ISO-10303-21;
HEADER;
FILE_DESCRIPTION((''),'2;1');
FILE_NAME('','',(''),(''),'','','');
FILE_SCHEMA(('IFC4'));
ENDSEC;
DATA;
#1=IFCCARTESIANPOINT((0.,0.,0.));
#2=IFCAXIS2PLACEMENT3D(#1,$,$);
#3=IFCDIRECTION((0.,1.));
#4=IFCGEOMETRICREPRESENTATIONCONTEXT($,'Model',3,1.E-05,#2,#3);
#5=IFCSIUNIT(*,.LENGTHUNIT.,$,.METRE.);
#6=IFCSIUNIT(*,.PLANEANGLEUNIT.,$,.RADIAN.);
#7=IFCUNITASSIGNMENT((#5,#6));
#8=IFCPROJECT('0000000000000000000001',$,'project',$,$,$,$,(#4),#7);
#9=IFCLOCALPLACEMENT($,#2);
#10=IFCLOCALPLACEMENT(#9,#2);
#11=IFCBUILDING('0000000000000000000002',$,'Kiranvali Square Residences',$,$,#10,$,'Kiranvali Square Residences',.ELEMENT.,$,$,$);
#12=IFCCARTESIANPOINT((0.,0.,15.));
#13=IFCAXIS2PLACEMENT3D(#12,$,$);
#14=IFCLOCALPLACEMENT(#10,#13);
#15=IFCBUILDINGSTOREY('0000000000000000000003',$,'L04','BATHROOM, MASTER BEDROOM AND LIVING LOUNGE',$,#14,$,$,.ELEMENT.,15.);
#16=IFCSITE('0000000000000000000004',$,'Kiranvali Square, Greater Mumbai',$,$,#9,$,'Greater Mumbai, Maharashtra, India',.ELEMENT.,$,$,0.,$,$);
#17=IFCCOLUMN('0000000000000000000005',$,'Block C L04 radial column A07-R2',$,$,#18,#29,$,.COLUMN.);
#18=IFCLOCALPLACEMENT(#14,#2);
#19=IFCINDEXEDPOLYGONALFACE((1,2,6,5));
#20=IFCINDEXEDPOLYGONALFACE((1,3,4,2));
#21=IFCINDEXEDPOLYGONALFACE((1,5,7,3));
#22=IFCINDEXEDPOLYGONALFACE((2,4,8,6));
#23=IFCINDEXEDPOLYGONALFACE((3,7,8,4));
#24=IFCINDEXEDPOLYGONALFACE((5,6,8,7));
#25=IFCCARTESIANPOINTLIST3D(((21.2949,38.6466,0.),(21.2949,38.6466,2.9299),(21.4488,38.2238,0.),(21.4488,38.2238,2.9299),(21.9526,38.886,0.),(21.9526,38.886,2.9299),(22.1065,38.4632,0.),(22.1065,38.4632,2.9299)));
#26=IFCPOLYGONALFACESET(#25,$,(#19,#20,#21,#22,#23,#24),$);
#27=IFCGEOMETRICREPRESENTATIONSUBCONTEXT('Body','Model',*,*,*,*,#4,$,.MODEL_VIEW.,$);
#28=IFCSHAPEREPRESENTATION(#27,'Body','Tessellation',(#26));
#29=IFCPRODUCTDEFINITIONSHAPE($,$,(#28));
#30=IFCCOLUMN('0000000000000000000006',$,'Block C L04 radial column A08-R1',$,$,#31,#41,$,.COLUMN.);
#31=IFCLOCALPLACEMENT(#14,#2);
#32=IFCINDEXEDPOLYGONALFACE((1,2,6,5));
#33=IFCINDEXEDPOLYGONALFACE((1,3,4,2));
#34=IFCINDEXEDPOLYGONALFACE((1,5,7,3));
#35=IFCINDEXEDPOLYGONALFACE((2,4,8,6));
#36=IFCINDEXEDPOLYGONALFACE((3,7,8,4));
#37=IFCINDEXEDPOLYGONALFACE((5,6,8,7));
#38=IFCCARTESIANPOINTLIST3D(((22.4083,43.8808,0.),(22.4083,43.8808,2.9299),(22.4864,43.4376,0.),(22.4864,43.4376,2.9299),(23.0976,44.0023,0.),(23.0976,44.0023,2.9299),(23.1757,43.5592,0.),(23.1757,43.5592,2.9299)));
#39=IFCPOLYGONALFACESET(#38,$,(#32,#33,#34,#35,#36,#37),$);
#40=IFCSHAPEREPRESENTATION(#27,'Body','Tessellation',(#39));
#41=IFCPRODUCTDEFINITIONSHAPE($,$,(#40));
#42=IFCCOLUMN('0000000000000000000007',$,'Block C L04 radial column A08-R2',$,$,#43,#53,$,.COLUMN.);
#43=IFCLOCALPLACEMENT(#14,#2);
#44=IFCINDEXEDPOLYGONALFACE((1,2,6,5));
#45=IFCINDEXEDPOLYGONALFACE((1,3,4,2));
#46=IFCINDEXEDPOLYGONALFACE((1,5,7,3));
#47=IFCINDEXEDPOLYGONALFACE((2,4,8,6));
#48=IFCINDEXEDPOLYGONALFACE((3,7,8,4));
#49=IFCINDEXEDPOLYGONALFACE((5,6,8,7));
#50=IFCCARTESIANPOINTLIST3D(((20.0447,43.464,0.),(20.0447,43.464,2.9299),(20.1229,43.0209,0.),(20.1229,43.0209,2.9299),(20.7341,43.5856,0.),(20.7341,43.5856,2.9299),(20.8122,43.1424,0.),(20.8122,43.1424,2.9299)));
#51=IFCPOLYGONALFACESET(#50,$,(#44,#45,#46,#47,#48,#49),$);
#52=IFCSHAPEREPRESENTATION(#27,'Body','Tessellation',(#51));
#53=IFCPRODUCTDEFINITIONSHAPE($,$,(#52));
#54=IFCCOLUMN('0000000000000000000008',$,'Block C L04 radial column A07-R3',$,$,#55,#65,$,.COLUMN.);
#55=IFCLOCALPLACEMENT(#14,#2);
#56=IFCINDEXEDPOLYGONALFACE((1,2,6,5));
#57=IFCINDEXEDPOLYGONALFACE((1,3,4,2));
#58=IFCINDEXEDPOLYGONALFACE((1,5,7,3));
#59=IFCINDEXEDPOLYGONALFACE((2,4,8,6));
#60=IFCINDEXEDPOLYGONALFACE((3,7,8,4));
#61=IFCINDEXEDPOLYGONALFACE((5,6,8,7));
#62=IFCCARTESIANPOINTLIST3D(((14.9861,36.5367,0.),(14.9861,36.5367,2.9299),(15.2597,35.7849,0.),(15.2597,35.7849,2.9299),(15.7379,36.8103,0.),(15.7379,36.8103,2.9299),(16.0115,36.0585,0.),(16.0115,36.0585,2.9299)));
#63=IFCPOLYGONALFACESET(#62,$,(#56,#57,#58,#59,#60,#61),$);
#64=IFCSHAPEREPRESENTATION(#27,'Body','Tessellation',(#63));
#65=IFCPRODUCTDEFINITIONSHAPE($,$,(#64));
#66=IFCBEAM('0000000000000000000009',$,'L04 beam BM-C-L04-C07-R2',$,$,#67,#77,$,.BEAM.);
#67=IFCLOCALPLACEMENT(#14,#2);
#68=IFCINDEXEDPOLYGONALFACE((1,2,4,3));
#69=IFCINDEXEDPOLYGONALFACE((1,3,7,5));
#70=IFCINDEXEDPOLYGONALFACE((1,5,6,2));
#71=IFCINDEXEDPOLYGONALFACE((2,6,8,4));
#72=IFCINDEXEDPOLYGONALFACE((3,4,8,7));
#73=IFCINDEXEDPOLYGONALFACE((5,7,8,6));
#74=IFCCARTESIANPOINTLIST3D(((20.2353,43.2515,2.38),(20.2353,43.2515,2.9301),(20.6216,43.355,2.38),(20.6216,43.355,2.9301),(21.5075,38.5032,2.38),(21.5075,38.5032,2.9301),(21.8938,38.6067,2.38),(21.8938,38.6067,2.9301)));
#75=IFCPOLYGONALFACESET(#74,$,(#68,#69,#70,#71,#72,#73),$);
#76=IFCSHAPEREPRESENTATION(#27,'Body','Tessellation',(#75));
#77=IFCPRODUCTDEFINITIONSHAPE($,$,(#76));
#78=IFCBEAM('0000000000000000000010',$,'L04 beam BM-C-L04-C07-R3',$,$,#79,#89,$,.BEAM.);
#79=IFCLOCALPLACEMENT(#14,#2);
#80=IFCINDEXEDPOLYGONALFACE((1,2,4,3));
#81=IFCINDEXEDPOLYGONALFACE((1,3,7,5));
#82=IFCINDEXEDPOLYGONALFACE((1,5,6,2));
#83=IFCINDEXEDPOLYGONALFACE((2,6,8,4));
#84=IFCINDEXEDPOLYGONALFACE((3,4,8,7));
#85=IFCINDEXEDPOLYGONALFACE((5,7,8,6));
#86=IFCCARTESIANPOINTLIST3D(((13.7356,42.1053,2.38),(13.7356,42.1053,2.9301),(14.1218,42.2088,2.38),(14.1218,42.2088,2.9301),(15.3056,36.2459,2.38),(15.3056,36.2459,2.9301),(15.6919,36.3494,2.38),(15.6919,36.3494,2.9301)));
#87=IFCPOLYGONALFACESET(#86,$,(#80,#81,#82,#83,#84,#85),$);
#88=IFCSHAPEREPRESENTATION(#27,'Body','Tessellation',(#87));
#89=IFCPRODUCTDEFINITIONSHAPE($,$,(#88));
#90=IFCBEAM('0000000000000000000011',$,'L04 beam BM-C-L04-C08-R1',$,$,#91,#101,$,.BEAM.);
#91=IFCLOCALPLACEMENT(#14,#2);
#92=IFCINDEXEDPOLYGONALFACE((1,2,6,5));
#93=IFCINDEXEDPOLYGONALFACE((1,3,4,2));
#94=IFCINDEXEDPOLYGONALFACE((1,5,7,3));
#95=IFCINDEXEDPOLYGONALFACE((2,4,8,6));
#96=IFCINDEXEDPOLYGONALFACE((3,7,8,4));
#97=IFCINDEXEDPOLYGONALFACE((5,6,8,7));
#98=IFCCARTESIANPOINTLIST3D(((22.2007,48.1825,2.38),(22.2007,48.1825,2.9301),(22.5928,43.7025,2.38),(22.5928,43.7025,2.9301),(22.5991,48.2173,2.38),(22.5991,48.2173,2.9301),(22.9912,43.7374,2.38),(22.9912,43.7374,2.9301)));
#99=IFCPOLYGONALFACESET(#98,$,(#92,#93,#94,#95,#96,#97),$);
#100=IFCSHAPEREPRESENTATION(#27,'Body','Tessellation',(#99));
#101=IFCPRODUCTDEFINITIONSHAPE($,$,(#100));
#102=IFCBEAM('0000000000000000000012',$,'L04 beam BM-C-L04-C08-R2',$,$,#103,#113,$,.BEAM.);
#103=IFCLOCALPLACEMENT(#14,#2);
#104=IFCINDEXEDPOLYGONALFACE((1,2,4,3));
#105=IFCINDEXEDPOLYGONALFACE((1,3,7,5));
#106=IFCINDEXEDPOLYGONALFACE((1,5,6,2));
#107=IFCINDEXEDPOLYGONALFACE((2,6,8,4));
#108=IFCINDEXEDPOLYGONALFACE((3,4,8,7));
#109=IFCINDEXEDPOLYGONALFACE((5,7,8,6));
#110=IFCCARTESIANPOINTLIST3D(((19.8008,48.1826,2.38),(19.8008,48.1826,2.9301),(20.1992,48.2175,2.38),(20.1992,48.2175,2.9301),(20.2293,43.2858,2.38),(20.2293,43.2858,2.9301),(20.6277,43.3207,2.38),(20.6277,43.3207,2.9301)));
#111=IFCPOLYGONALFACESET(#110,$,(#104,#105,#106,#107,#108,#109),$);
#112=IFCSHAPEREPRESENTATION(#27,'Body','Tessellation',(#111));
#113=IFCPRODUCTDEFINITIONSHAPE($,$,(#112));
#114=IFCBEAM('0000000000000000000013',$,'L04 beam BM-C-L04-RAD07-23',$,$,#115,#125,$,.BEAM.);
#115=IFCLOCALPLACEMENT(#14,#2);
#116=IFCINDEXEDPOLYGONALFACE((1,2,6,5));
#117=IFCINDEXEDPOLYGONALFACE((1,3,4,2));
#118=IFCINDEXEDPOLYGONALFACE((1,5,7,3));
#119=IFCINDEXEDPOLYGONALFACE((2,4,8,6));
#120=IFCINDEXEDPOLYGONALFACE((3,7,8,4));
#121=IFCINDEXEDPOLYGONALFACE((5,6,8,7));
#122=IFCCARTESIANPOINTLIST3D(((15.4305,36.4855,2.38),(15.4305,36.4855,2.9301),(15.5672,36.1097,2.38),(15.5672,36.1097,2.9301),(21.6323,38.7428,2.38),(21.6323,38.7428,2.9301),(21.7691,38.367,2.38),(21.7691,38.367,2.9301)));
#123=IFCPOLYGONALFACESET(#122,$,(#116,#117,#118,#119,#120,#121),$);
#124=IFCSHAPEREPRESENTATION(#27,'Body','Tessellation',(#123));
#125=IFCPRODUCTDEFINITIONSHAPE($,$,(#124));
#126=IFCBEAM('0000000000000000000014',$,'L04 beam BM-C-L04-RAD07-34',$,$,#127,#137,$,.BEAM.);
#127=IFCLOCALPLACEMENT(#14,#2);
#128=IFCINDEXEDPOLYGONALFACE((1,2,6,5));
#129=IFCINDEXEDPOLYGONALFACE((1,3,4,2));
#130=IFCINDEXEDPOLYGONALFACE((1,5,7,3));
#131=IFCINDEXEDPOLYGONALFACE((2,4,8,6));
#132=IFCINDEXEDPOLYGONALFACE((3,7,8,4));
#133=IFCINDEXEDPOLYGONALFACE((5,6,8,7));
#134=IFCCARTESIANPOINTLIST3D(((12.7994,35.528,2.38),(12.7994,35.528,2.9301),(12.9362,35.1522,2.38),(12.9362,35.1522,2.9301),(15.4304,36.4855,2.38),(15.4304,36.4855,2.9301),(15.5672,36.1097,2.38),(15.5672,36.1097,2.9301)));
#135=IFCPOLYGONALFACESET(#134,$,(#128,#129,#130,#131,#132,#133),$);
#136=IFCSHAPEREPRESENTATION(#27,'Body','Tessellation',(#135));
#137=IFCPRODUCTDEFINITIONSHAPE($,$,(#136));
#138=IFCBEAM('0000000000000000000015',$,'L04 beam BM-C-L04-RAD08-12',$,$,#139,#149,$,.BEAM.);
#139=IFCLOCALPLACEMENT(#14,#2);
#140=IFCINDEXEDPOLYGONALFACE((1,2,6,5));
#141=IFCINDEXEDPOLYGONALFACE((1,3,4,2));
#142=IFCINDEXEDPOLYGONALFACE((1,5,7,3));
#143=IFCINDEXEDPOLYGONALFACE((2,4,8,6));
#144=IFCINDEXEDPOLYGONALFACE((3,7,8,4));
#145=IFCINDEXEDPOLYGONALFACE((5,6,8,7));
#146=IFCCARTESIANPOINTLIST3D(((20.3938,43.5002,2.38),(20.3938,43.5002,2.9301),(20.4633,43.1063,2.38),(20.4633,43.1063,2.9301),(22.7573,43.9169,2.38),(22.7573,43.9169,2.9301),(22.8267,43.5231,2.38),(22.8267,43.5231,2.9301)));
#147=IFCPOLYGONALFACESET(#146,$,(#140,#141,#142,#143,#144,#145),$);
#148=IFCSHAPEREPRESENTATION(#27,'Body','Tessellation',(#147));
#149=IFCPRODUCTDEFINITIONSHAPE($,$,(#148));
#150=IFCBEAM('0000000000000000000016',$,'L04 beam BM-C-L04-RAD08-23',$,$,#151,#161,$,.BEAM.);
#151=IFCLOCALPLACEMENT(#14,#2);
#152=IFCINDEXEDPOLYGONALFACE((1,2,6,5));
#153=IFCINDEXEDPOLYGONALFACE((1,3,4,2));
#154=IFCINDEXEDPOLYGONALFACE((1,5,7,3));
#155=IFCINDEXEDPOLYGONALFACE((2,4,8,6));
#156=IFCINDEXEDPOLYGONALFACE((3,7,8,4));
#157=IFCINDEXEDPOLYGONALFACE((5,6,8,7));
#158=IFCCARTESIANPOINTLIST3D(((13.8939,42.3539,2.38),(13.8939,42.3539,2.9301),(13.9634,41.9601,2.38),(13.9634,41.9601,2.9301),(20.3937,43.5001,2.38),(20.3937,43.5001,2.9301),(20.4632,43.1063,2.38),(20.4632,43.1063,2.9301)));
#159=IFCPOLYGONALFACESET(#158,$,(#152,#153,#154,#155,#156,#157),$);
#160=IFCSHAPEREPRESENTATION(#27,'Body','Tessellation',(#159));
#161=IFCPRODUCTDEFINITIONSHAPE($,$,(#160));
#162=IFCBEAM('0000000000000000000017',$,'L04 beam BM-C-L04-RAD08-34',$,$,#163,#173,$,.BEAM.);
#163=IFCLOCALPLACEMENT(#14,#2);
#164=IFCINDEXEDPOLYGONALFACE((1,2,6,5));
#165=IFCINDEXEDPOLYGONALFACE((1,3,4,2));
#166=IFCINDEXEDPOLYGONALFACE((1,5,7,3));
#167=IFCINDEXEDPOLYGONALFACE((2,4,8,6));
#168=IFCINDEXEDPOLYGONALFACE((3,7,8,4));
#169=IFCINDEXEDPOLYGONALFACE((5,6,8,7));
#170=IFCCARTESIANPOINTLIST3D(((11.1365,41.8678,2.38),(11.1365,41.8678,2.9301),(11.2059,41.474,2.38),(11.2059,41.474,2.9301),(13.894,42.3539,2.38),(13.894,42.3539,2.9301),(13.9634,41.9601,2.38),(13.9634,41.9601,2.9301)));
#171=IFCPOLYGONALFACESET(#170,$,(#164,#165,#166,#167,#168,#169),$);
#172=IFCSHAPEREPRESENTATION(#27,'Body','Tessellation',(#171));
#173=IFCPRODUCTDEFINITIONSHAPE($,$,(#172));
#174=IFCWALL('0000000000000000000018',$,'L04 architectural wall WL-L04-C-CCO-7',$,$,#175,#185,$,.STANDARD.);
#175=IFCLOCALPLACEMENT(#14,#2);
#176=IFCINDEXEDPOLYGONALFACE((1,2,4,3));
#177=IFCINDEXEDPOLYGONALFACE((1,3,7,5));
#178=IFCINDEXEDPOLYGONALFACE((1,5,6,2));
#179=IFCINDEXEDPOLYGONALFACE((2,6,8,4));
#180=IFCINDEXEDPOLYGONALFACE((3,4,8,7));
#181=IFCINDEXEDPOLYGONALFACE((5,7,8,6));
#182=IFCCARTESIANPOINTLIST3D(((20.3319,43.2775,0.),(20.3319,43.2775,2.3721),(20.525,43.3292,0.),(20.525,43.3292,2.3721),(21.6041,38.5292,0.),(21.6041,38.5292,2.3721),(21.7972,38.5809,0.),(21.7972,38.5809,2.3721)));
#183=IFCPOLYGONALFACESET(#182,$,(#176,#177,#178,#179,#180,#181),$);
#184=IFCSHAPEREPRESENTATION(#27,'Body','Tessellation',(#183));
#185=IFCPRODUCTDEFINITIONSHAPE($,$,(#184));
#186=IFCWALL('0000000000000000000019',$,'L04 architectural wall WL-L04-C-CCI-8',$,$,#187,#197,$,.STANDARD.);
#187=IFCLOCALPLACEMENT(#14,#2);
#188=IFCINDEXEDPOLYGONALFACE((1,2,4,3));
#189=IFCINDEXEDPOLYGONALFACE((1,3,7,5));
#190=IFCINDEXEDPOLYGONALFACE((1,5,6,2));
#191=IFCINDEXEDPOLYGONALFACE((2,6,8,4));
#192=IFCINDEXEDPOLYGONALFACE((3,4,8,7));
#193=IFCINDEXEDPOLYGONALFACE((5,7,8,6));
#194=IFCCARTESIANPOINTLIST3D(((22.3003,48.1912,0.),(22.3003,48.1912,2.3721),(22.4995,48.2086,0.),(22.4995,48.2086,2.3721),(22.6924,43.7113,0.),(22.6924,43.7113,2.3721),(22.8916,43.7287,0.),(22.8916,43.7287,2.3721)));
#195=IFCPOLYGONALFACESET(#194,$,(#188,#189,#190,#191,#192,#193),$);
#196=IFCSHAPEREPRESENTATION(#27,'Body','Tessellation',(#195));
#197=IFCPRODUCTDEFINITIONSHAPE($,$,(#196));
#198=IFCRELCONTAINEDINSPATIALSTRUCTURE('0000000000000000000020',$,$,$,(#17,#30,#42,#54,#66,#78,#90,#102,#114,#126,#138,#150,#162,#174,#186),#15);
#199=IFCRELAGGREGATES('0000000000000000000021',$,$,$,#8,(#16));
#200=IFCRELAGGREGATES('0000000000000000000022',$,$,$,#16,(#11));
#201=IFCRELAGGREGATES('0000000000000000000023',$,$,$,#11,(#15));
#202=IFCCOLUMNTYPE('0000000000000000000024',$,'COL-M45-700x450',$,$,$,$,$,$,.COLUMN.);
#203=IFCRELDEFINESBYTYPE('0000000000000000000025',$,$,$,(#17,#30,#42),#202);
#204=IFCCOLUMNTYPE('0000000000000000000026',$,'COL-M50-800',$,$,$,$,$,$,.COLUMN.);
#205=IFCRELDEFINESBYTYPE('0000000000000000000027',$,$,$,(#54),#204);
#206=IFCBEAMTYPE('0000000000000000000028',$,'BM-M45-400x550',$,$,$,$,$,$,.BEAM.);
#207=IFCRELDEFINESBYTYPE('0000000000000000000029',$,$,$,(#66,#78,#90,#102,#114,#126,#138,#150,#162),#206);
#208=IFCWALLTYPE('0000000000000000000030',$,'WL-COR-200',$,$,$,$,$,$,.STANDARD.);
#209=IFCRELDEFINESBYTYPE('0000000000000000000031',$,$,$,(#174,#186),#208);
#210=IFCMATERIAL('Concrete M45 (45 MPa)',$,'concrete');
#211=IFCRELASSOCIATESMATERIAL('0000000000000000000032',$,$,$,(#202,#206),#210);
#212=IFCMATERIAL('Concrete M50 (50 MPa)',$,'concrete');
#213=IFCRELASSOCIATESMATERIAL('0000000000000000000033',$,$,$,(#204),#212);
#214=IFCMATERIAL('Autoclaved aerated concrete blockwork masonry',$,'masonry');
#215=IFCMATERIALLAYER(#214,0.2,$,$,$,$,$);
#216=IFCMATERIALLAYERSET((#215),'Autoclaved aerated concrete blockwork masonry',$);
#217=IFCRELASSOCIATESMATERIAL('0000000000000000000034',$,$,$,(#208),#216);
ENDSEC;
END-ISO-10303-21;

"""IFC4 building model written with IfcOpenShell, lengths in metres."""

from ifc_helpers import new_model, si_unit, direction, frame, frame_2d, origin, origin_2d, place, context, subcontext, project, spatial, rectangle, extrude, material, layer, layer_set, material_profile, profile_set, type_object, element, save


model = new_model("IFC4")

# Units and contexts
model_context = context("Model", 3, precision=1e-05, world=origin(), true_north=direction((0.0, 1.0)))
body_context = subcontext(model_context, "Body", "Model", "MODEL_VIEW")
ifc_project = project(units=[si_unit("LENGTHUNIT", "METRE"), si_unit("PLANEANGLEUNIT", "RADIAN")], contexts=[model_context])

# Site, building, storey
site_placement = place(None, origin())
site = spatial("IfcSite", under=ifc_project, at=site_placement, Name="Kiranvali Square, Greater Mumbai", LongName="Greater Mumbai, Maharashtra, India", CompositionType="ELEMENT", RefElevation=0.0)
building_placement = place(site_placement, origin())
building = spatial("IfcBuilding", under=site, at=building_placement, Name="Kiranvali Square Residences", LongName="Kiranvali Square Residences", CompositionType="ELEMENT")
storey_placement = place(building_placement, frame((0.0, 0.0, 15.0)))
storey = spatial("IfcBuildingStorey", under=building, at=storey_placement, Name="L04", Description="BATHROOM, MASTER BEDROOM AND LIVING LOUNGE", CompositionType="ELEMENT", Elevation=15.0)

# Columns
ifc_material_1 = material(Name="Concrete M45 (45 MPa)", Category="concrete")
ifc_material_profile_1 = material_profile(ifc_material_1, rectangle(XDim=0.45, YDim=0.7, at=origin_2d()), Name="RC 700x450")
ifc_profile_set_1 = profile_set([ifc_material_profile_1], Name="Concrete M45 (45 MPa)")
column_type_1 = type_object("IfcColumnType", Name="COL-M45-700x450", PredefinedType="COLUMN", material=ifc_profile_set_1)
for number, where, z_axis, x_axis, name in (
    (1, (21.7007, 38.5549, 0.0), (0.0, 0.0, 1.0), (-0.34202, 0.939693, 0.0), "Block C L04 radial column A07-R2"),
    (2, (22.792, 43.72, 0.0), (0.0, 0.0, 1.0), (-0.173648, 0.984808, 0.0), "Block C L04 radial column A08-R1"),
    (3, (20.4285, 43.3032, 0.0), (0.0, 0.0, 1.0), (-0.173648, 0.984808, 0.0), "Block C L04 radial column A08-R2"),
):
    element("IfcColumn", number, at=place(storey_placement, frame(where, z_axis=z_axis, x_axis=x_axis)), inside=storey, type_object=column_type_1, Name=name, PredefinedType="COLUMN", context=body_context, shape_type="SweptSolid", body=[
        extrude(rectangle(XDim=0.45, YDim=0.7, at=origin_2d()), origin(), (0.0, 0.0, 1.0), 2.9299),
    ])
ifc_material_2 = material(Name="Concrete M50 (50 MPa)", Category="concrete")
ifc_material_profile_2 = material_profile(ifc_material_2, rectangle(XDim=0.8, YDim=0.8, at=origin_2d()), Name="RC 800x800")
ifc_profile_set_2 = profile_set([ifc_material_profile_2], Name="Concrete M50 (50 MPa)")
column_type_2 = type_object("IfcColumnType", Name="COL-M50-800", PredefinedType="COLUMN", material=ifc_profile_set_2)
column_placement = place(storey_placement, frame((15.4988, 36.2976, 0.0), z_axis=(0.0, 0.0, 1.0), x_axis=(-0.34202, 0.939693, 0.0)))
element("IfcColumn", 4, at=column_placement, inside=storey, type_object=column_type_2, Name="Block C L04 radial column A07-R3", PredefinedType="COLUMN", context=body_context, shape_type="SweptSolid", body=[
    extrude(rectangle(XDim=0.8, YDim=0.8, at=origin_2d()), origin(), (0.0, 0.0, 1.0), 2.9299),
])

# Beams
ifc_material_profile_3 = material_profile(ifc_material_1, rectangle(XDim=0.3999, YDim=0.55, at=origin_2d()), Name="RC 400x550")
ifc_profile_set_3 = profile_set([ifc_material_profile_3], Name="Concrete M45 (45 MPa)")
beam_type = type_object("IfcBeamType", Name="BM-M45-400x550", PredefinedType="BEAM", material=ifc_profile_set_3)
beam_1_placement = place(storey_placement, frame((21.7007, 38.5549, 2.655), z_axis=(-0.258803, 0.96593, 0.0), x_axis=(-0.96593, -0.258803, 0.0)))
element("IfcBeam", 5, at=beam_1_placement, inside=storey, type_object=beam_type, Name="L04 beam BM-C-L04-C07-R2", PredefinedType="BEAM", context=body_context, shape_type="SweptSolid", body=[
    extrude(rectangle(XDim=0.3999, YDim=0.55, at=origin_2d()), origin(), (0.0, 0.0, 1.0), 4.9158),
])
beam_2_placement = place(storey_placement, frame((15.4988, 36.2976, 2.655), z_axis=(-0.258827, 0.965924, 0.0), x_axis=(-0.965924, -0.258827, 0.0)))
element("IfcBeam", 6, at=beam_2_placement, inside=storey, type_object=beam_type, Name="L04 beam BM-C-L04-C07-R3", PredefinedType="BEAM", context=body_context, shape_type="SweptSolid", body=[
    extrude(rectangle(XDim=0.3999, YDim=0.55, at=origin_2d()), origin(), (0.0, 0.0, 1.0), 6.0662),
])
beam_3_placement = place(storey_placement, frame((22.792, 43.72, 2.655), z_axis=(-0.087187, 0.996192, 0.0), x_axis=(-0.996192, -0.087187, 0.0)))
element("IfcBeam", 7, at=beam_3_placement, inside=storey, type_object=beam_type, Name="L04 beam BM-C-L04-C08-R1", PredefinedType="BEAM", context=body_context, shape_type="SweptSolid", body=[
    extrude(rectangle(XDim=0.3999, YDim=0.55, at=origin_2d()), origin(), (0.0, 0.0, 1.0), 4.4971),
])
beam_4_placement = place(storey_placement, frame((20.4285, 43.3032, 2.655), z_axis=(-0.087168, 0.996194, 0.0), x_axis=(-0.996194, -0.087168, 0.0)))
element("IfcBeam", 8, at=beam_4_placement, inside=storey, type_object=beam_type, Name="L04 beam BM-C-L04-C08-R2", PredefinedType="BEAM", context=body_context, shape_type="SweptSolid", body=[
    extrude(rectangle(XDim=0.3999, YDim=0.55, at=origin_2d()), origin(), (0.0, 0.0, 1.0), 4.9155),
])
beam_5_placement = place(storey_placement, frame((21.7007, 38.5549, 2.655), z_axis=(-0.939692, -0.342022, 0.0), x_axis=(0.342022, -0.939692, 0.0)))
element("IfcBeam", 9, at=beam_5_placement, inside=storey, type_object=beam_type, Name="L04 beam BM-C-L04-RAD07-23", PredefinedType="BEAM", context=body_context, shape_type="SweptSolid", body=[
    extrude(rectangle(XDim=0.3999, YDim=0.55, at=origin_2d()), origin(), (0.0, 0.0, 1.0), 6.5999),
])
beam_6_placement = place(storey_placement, frame((15.4988, 36.2976, 2.655), z_axis=(-0.939707, -0.341981, 0.0), x_axis=(0.341981, -0.939707, 0.0)))
element("IfcBeam", 10, at=beam_6_placement, inside=storey, type_object=beam_type, Name="L04 beam BM-C-L04-RAD07-34", PredefinedType="BEAM", context=body_context, shape_type="SweptSolid", body=[
    extrude(rectangle(XDim=0.3999, YDim=0.55, at=origin_2d()), origin(), (0.0, 0.0, 1.0), 2.7998),
])
beam_7_placement = place(storey_placement, frame((22.792, 43.72, 2.655), z_axis=(-0.984808, -0.173646, 0.0), x_axis=(0.173646, -0.984808, 0.0)))
element("IfcBeam", 11, at=beam_7_placement, inside=storey, type_object=beam_type, Name="L04 beam BM-C-L04-RAD08-12", PredefinedType="BEAM", context=body_context, shape_type="SweptSolid", body=[
    extrude(rectangle(XDim=0.3999, YDim=0.55, at=origin_2d()), origin(), (0.0, 0.0, 1.0), 2.3999),
])
beam_8_placement = place(storey_placement, frame((20.4285, 43.3032, 2.655), z_axis=(-0.984804, -0.173671, 0.0), x_axis=(0.173671, -0.984804, 0.0)))
element("IfcBeam", 12, at=beam_8_placement, inside=storey, type_object=beam_type, Name="L04 beam BM-C-L04-RAD08-23", PredefinedType="BEAM", context=body_context, shape_type="SweptSolid", body=[
    extrude(rectangle(XDim=0.3999, YDim=0.55, at=origin_2d()), origin(), (0.0, 0.0, 1.0), 6.6001),
])
beam_9_placement = place(storey_placement, frame((13.9287, 42.157, 2.655), z_axis=(-0.984817, -0.173596, 0.0), x_axis=(0.173596, -0.984817, 0.0)))
element("IfcBeam", 13, at=beam_9_placement, inside=storey, type_object=beam_type, Name="L04 beam BM-C-L04-RAD08-34", PredefinedType="BEAM", context=body_context, shape_type="SweptSolid", body=[
    extrude(rectangle(XDim=0.3999, YDim=0.55, at=origin_2d()), origin(), (0.0, 0.0, 1.0), 2.8),
])

# Walls
ifc_material_3 = material(Name="Autoclaved aerated concrete blockwork masonry", Category="masonry")
ifc_layer_1 = layer(ifc_material_3, 0.2)
ifc_layer_set_1 = layer_set([ifc_layer_1], Name="Autoclaved aerated concrete blockwork masonry")
wall_type_1 = type_object("IfcWallType", Name="WL-COR-200", PredefinedType="STANDARD", material=ifc_layer_set_1)
wall_1_placement = place(storey_placement, frame((21.7007, 38.5549, 0.0), z_axis=(0.0, 0.0, 1.0), x_axis=(-0.258803, 0.96593, 0.0)))
element("IfcWall", 14, at=wall_1_placement, inside=storey, type_object=wall_type_1, Name="L04 architectural wall WL-L04-C-CCO-7", PredefinedType="STANDARD", context=body_context, shape_type="SweptSolid", body=[
    extrude(rectangle(XDim=4.9158, YDim=0.2, at=frame_2d((2.458, 0.0))), origin(), (0.0, 0.0, 1.0), 2.3721),
])
wall_2_placement = place(storey_placement, frame((22.792, 43.72, 0.0), z_axis=(0.0, 0.0, 1.0), x_axis=(-0.087187, 0.996192, 0.0)))
element("IfcWall", 15, at=wall_2_placement, inside=storey, type_object=wall_type_1, Name="L04 architectural wall WL-L04-C-CCI-8", PredefinedType="STANDARD", context=body_context, shape_type="SweptSolid", body=[
    extrude(rectangle(XDim=4.4971, YDim=0.2, at=frame_2d((2.2485, 0.0))), origin(), (0.0, 0.0, 1.0), 2.3721),
])

save(model, "model.ifc")
